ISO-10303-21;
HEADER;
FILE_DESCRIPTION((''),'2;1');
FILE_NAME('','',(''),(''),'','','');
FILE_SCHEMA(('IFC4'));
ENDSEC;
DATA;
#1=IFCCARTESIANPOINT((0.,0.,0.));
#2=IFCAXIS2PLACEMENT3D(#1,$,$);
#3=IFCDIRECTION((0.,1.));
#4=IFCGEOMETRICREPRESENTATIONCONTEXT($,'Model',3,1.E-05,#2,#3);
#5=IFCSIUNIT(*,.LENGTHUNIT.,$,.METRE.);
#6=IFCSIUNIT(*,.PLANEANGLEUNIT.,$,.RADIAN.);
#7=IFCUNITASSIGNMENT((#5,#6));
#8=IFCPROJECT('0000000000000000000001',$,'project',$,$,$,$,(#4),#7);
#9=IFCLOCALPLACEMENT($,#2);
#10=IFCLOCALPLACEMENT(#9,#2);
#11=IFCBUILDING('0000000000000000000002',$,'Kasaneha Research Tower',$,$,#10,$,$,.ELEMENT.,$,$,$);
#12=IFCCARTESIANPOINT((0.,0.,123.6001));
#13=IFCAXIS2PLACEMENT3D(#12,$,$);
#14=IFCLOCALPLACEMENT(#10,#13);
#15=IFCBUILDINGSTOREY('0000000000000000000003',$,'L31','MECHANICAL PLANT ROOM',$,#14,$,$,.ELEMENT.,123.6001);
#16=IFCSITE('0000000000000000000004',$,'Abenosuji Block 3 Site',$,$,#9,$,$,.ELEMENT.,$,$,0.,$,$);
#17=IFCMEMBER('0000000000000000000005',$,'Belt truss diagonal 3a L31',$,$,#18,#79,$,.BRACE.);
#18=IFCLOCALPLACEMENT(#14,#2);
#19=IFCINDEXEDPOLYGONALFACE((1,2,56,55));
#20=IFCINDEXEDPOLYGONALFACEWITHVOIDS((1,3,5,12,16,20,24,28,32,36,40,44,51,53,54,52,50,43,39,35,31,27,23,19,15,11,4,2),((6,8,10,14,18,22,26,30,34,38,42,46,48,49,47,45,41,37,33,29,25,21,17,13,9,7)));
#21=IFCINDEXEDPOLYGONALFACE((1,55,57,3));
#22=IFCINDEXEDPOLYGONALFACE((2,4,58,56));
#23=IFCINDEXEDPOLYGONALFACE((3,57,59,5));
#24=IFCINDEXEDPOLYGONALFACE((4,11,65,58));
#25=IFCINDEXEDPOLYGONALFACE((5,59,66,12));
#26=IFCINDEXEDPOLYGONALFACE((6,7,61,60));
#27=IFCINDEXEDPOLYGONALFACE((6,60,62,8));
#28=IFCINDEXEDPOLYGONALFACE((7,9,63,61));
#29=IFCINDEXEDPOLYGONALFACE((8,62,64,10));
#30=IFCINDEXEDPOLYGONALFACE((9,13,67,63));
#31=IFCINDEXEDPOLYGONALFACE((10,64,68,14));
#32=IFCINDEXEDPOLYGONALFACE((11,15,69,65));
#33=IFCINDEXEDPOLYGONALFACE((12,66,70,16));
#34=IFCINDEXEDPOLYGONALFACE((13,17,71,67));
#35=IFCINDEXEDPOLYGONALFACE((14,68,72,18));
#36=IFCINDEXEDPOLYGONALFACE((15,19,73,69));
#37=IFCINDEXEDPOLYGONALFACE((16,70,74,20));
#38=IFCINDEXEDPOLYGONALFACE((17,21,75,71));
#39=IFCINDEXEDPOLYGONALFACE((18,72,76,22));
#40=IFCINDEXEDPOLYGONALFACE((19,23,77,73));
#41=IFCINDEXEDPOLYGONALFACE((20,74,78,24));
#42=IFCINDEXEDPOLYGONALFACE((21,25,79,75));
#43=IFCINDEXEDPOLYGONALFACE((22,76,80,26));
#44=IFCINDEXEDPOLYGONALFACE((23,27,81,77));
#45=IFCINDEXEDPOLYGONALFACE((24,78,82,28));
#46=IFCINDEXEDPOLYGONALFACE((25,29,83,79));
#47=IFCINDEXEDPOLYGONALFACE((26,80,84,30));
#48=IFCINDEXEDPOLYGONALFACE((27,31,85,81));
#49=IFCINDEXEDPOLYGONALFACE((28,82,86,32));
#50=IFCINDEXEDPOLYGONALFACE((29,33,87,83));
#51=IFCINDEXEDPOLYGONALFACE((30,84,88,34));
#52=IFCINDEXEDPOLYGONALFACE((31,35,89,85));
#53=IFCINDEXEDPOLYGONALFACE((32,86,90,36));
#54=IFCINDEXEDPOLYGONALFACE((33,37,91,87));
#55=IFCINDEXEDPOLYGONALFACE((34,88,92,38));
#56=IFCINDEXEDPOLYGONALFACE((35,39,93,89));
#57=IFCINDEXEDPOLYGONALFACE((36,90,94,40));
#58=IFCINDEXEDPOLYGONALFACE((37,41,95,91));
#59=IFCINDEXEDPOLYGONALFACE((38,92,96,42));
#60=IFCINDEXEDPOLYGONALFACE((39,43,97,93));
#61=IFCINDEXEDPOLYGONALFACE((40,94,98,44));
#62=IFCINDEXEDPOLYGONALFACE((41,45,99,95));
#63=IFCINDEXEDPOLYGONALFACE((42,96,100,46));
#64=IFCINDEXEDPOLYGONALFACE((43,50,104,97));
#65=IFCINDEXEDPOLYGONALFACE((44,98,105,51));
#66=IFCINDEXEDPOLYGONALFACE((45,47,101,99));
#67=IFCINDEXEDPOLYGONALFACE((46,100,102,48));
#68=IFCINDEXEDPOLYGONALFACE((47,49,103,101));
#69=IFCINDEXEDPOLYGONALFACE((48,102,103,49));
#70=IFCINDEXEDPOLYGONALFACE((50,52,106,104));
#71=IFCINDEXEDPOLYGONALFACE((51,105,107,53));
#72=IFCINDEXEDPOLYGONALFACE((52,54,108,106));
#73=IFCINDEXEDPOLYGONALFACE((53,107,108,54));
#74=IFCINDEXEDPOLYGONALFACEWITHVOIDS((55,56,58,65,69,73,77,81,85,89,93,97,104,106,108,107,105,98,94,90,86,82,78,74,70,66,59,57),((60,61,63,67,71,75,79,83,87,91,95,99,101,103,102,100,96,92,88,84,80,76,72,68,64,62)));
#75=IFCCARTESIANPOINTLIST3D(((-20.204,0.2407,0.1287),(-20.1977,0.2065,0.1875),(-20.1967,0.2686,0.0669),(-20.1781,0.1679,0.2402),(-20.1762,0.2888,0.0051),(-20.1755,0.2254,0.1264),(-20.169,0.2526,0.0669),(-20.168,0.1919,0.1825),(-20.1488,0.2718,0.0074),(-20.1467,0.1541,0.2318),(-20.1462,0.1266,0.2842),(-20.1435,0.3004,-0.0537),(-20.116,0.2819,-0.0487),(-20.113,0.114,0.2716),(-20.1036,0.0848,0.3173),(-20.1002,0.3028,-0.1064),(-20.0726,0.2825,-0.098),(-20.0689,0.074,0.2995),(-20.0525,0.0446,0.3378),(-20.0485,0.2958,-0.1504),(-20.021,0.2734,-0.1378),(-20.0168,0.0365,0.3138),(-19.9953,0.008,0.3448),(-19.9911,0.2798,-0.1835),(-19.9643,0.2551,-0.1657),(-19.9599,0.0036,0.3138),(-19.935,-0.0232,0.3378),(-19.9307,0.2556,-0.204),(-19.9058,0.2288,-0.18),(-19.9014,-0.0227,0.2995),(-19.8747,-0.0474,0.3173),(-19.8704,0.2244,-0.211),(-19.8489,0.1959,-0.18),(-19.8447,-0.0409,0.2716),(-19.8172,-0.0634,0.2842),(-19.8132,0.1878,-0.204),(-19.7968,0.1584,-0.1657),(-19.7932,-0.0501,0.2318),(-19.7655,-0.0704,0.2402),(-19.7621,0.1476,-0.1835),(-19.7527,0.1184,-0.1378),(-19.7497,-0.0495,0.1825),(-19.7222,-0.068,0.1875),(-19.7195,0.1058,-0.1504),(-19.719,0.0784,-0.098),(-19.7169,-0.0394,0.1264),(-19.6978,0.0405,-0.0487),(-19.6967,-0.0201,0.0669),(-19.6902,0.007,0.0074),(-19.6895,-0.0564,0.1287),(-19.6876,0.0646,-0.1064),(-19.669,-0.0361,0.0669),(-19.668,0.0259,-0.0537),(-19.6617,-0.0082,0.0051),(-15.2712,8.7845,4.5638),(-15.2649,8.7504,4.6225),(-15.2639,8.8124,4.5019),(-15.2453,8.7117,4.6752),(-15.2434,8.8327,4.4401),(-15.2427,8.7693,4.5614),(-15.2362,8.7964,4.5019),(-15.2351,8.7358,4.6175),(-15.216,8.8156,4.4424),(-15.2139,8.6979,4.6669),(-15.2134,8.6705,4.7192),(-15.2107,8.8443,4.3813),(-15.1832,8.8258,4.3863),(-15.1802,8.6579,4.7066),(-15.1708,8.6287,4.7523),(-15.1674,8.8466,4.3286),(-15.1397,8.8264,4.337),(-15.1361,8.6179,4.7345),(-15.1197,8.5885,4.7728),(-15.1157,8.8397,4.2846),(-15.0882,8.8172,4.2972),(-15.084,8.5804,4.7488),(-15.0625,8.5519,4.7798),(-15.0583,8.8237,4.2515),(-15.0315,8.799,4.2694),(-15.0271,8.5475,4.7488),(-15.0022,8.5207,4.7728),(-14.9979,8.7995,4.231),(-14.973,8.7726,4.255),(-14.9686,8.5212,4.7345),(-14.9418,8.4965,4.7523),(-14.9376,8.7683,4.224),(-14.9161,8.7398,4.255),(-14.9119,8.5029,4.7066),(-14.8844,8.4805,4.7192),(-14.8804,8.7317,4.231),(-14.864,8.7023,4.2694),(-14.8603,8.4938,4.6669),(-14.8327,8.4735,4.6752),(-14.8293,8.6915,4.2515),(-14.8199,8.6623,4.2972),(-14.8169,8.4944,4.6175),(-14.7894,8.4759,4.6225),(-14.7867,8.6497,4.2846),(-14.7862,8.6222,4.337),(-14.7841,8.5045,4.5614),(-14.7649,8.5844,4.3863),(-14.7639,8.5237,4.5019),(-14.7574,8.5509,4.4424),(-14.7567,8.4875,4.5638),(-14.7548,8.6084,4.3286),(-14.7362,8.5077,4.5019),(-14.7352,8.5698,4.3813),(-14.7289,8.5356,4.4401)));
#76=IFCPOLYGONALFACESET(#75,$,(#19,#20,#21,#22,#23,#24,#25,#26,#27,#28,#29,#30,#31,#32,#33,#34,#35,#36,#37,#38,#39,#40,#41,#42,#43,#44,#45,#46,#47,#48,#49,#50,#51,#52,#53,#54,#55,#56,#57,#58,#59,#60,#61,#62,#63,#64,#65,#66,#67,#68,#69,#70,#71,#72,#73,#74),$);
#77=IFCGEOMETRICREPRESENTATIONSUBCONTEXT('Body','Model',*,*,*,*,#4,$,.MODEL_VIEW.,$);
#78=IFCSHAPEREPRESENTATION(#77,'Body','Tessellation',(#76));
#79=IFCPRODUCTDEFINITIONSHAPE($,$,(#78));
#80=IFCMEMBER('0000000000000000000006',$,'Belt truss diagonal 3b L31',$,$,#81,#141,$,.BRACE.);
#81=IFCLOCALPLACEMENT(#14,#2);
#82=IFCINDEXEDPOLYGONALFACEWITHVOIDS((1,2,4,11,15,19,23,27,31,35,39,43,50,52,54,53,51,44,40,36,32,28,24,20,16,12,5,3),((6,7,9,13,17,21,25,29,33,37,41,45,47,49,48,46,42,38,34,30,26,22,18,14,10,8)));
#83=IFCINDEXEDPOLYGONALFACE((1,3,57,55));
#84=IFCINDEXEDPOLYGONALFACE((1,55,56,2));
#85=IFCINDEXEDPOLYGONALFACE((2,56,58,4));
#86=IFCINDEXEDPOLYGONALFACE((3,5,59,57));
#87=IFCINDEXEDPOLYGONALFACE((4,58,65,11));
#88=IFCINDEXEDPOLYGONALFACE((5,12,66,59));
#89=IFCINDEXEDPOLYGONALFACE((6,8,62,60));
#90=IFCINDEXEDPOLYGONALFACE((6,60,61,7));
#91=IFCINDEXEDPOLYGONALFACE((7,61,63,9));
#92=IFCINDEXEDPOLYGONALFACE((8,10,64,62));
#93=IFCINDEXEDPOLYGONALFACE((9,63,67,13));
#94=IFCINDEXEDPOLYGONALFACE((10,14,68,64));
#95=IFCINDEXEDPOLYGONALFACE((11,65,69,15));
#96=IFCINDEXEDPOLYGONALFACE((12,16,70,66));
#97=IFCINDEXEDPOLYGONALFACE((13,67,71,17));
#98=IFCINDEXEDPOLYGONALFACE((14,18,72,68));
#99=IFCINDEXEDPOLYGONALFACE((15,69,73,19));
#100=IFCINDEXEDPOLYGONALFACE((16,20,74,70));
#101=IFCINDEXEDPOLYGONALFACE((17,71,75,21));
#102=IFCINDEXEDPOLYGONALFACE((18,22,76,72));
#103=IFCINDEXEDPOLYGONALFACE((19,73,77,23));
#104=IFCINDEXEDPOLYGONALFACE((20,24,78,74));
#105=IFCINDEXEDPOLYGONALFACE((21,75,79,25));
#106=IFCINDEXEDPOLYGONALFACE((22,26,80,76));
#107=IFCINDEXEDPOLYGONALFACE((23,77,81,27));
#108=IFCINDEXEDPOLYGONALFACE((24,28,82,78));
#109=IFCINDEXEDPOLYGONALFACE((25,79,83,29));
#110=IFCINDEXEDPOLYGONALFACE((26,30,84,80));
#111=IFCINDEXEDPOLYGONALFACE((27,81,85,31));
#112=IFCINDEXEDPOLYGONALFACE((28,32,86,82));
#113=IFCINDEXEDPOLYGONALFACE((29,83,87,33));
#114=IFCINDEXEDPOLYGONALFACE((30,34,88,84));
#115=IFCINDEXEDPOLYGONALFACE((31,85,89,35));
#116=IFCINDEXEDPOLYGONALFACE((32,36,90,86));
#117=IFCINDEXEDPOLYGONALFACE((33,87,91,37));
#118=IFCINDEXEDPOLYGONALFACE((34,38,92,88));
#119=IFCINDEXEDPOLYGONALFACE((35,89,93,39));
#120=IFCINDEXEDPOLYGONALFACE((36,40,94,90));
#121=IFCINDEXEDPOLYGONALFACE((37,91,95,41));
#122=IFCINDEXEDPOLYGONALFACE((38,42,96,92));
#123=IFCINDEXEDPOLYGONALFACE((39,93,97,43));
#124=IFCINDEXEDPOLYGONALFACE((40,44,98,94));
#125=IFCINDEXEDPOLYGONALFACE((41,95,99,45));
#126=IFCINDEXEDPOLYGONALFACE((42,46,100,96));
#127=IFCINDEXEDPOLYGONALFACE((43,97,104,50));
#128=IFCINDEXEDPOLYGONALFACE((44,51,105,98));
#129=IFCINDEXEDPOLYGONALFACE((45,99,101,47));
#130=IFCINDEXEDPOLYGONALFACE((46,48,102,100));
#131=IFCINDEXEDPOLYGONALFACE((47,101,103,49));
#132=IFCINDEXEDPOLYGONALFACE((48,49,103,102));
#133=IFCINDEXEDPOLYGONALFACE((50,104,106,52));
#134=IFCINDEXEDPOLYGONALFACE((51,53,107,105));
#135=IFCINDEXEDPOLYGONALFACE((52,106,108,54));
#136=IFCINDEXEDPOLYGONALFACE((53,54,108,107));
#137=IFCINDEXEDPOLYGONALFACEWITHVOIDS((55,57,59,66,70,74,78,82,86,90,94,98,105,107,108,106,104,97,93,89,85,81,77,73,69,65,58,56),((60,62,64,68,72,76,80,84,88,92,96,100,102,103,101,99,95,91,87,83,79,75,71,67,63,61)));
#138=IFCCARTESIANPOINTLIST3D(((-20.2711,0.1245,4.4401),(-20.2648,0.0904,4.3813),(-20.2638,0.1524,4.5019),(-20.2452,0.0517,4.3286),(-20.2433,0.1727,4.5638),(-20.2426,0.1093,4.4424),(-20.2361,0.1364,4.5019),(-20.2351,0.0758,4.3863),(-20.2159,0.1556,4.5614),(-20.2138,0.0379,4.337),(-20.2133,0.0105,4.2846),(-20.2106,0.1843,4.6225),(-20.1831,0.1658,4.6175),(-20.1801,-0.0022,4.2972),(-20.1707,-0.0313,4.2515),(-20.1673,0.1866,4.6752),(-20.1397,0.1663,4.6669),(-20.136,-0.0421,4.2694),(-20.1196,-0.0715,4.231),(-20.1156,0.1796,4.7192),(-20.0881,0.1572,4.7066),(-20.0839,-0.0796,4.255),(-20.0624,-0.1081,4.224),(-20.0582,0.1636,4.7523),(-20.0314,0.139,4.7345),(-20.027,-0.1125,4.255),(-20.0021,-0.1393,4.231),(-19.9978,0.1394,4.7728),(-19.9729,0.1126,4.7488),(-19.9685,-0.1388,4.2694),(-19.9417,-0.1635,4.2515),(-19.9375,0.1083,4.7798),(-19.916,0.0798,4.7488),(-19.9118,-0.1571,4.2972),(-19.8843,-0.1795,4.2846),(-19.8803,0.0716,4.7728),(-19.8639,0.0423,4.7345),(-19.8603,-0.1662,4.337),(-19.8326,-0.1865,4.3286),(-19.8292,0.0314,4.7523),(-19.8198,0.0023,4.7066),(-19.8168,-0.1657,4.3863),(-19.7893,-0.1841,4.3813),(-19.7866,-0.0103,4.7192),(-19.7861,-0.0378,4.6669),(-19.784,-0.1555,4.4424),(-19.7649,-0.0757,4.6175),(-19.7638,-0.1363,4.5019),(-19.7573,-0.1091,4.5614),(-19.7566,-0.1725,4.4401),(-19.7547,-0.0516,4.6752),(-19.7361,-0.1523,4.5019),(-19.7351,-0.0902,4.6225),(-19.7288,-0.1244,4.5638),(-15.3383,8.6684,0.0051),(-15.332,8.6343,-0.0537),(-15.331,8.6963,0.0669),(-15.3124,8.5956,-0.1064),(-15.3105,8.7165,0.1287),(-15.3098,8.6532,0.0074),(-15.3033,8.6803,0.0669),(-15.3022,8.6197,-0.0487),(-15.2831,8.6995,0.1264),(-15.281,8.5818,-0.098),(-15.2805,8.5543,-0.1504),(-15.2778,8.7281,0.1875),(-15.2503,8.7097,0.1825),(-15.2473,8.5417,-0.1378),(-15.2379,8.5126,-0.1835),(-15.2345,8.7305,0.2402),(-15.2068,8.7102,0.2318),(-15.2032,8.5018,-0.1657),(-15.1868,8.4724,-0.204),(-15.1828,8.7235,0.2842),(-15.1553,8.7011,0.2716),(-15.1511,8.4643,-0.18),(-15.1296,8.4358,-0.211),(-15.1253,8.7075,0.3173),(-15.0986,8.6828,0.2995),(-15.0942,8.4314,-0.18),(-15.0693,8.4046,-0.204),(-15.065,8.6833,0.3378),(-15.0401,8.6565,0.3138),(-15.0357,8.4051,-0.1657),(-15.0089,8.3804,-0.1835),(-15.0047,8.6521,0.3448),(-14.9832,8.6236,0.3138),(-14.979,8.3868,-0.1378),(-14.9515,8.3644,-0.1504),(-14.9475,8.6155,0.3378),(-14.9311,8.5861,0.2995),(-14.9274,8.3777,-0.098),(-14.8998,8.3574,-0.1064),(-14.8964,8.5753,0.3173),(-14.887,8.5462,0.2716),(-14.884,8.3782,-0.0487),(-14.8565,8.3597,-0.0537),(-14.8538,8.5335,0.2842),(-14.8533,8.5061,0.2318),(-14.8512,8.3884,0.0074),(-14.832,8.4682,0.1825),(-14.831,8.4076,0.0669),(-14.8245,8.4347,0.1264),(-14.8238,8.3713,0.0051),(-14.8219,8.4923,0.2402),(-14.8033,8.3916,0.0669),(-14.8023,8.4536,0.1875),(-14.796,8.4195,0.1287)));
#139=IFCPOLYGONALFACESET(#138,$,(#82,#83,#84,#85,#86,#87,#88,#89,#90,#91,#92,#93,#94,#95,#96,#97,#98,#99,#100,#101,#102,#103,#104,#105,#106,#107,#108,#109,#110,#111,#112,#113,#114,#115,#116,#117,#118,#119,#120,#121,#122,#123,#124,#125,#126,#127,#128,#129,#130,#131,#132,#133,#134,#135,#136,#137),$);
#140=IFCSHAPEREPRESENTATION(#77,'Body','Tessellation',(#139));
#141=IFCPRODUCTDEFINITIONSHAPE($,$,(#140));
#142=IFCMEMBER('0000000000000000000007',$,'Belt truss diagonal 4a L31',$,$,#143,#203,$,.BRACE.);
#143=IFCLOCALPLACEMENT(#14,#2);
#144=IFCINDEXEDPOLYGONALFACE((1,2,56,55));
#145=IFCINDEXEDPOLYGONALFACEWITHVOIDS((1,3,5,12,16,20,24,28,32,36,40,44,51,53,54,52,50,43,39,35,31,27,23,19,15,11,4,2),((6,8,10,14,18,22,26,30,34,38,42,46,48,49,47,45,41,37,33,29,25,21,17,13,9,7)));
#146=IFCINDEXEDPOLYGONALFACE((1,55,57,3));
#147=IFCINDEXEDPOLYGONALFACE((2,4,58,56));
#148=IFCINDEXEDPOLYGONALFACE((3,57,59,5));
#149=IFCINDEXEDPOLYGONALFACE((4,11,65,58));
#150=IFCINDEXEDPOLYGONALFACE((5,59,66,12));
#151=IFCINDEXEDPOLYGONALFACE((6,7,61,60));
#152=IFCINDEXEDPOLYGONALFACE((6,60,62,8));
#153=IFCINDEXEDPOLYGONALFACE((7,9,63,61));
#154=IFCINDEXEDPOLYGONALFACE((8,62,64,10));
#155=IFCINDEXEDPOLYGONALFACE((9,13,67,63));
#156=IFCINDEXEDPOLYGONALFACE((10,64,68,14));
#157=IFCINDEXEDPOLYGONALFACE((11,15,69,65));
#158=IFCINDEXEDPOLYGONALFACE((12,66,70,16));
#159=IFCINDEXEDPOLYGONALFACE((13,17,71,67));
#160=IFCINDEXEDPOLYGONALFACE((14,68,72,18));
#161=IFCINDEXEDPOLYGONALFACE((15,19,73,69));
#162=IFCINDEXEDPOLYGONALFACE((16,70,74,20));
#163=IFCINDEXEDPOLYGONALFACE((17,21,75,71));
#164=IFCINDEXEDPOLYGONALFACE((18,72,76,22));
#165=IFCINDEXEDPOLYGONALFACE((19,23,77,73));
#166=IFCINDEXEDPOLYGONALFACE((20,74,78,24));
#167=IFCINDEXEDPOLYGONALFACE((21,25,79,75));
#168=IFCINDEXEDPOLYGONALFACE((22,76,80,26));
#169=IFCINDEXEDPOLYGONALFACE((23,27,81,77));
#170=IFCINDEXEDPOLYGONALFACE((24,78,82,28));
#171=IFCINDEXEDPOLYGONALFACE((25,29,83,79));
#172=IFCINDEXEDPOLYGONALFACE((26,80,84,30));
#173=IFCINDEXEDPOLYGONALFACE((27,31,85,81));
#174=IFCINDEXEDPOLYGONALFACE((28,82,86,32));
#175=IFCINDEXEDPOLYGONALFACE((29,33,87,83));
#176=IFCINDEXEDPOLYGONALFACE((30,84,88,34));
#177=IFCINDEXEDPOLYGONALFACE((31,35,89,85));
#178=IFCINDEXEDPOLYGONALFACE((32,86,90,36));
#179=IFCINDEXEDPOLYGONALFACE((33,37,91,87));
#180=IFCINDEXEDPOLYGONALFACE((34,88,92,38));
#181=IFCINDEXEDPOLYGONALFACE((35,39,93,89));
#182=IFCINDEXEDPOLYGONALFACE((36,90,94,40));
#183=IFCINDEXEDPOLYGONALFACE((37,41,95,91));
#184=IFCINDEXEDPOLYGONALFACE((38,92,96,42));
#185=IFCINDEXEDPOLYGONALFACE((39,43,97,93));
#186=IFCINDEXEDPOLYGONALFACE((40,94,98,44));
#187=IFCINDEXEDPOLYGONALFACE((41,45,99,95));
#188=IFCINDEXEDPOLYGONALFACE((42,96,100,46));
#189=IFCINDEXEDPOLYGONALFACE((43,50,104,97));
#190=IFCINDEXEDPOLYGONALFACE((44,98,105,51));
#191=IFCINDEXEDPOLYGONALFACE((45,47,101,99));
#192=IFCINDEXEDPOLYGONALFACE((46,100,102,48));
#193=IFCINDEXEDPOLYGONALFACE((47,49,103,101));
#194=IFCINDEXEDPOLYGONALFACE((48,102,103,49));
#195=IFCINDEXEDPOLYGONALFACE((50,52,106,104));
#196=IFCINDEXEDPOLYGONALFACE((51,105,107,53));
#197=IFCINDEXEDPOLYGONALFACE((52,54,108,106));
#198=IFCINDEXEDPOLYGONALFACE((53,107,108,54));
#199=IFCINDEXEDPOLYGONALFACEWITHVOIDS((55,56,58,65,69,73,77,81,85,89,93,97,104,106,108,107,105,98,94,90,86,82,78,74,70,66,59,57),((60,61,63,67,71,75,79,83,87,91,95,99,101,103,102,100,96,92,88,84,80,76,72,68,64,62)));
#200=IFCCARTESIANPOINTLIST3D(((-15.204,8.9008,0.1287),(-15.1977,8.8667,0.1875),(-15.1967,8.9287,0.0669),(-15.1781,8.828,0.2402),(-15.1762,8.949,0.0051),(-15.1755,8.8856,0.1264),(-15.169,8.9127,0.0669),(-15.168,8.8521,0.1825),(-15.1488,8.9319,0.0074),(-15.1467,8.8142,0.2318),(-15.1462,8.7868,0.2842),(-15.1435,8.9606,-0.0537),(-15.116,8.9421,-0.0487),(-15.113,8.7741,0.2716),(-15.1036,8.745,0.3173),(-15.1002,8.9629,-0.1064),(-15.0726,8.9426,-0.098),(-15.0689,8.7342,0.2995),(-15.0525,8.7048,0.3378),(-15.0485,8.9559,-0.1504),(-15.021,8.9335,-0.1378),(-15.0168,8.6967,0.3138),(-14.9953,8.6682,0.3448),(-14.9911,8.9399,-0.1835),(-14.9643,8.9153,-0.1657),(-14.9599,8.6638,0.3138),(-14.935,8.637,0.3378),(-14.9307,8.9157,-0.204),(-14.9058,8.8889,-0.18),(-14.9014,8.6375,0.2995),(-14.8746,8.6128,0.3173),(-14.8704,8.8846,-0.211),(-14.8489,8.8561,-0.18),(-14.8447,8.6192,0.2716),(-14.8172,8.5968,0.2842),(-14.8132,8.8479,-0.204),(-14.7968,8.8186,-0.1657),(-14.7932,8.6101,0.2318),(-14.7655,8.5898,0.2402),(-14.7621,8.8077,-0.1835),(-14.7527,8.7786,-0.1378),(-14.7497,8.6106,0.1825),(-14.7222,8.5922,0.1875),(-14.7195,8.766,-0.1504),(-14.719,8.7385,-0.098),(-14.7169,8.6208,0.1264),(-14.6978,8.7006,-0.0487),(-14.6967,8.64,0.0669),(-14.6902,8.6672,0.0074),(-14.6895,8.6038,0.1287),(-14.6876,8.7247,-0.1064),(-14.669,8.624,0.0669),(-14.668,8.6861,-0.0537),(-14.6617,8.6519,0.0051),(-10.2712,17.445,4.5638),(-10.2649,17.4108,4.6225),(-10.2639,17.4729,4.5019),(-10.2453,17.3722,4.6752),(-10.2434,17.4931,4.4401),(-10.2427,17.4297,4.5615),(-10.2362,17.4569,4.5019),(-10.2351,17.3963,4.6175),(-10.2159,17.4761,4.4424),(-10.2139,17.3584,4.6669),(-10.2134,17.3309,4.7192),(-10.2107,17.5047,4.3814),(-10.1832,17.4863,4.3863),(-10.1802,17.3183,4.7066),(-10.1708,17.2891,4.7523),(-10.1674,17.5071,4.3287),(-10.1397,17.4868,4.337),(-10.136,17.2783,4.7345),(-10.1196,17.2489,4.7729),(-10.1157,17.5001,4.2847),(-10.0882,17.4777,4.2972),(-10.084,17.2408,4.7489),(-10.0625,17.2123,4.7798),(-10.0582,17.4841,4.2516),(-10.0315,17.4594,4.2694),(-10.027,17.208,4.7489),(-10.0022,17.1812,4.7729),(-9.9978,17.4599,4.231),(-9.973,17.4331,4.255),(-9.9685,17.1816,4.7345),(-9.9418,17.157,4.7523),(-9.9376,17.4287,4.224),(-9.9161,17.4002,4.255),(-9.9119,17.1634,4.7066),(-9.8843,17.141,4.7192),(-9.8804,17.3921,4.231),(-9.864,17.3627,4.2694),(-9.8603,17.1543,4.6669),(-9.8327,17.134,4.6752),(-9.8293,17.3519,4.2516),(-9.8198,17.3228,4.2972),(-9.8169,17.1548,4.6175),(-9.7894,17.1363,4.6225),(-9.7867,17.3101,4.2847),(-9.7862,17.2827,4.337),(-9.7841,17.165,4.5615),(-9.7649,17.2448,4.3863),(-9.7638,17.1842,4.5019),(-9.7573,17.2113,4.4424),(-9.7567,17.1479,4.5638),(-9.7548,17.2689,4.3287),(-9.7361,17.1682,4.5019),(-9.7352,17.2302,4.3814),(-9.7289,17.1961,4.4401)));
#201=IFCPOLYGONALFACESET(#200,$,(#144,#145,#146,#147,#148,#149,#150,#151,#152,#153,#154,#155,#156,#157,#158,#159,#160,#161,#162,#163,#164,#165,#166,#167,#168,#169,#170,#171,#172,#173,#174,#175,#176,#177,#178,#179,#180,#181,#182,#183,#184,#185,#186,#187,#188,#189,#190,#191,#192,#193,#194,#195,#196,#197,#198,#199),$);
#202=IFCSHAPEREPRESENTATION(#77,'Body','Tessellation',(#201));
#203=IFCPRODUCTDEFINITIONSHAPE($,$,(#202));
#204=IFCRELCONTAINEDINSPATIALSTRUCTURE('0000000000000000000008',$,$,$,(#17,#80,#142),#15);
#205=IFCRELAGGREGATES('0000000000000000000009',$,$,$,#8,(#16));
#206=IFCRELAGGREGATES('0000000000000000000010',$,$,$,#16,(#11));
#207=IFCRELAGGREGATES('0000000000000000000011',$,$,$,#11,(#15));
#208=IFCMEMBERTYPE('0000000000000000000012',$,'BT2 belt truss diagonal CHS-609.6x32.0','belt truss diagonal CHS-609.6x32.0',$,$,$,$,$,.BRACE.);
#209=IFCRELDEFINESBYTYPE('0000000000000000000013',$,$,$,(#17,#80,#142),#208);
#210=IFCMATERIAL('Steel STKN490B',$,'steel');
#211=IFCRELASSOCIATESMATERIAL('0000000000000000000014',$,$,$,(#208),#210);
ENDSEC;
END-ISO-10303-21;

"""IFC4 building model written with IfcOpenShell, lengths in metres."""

from ifc_helpers import new_model, si_unit, direction, frame, origin, origin_2d, place, context, subcontext, project, spatial, hollow_circle, extrude, material, material_profile, profile_set, type_object, element, save


model = new_model("IFC4")

# Units and contexts
model_context = context("Model", 3, precision=1e-05, world=origin(), true_north=direction((0.0, 1.0)))
body_context = subcontext(model_context, "Body", "Model", "MODEL_VIEW")
ifc_project = project(units=[si_unit("LENGTHUNIT", "METRE"), si_unit("PLANEANGLEUNIT", "RADIAN")], contexts=[model_context])

# Site, building, storey
site_placement = place(None, origin())
site = spatial("IfcSite", under=ifc_project, at=site_placement, Name="Abenosuji Block 3 Site", CompositionType="ELEMENT", RefElevation=0.0)
building_placement = place(site_placement, origin())
building = spatial("IfcBuilding", under=site, at=building_placement, Name="Kasaneha Research Tower", CompositionType="ELEMENT")
storey_placement = place(building_placement, frame((0.0, 0.0, 123.6001)))
storey = spatial("IfcBuildingStorey", under=building, at=storey_placement, Name="L31", Description="MECHANICAL PLANT ROOM", CompositionType="ELEMENT", Elevation=123.6001)

# Members
ifc_material_1 = material(Name="Steel STKN490B", Category="steel")
ifc_material_profile_1 = material_profile(ifc_material_1, hollow_circle(Radius=0.3047, WallThickness=0.032, at=origin_2d()), Name="CHS-609.6x32.0")
ifc_profile_set_1 = profile_set([ifc_material_profile_1], Name="Steel STKN490B")
member_type = type_object("IfcMemberType", Name="BT2 belt truss diagonal CHS-609.6x32.0", Description="belt truss diagonal CHS-609.6x32.0", PredefinedType="BRACE", material=ifc_profile_set_1)
for number, where, z_axis, x_axis, name in (
    (1, (-19.9329, 0.1162, 0.0669), (0.45604, 0.789882, 0.410018), (-0.866025, 0.500001, 0.0), "Belt truss diagonal 3a L31"),
    (2, (-15.0671, 8.5439, 0.0669), (-0.45604, -0.789882, 0.410018), (0.866025, -0.500001, 0.0), "Belt truss diagonal 3b L31"),
):
    element("IfcMember", number, at=place(storey_placement, frame(where, z_axis=z_axis, x_axis=x_axis)), inside=storey, type_object=member_type, Name=name, PredefinedType="BRACE", context=body_context, shape_type="SweptSolid", body=[
        extrude(hollow_circle(Radius=0.3047, WallThickness=0.032, at=origin_2d()), origin(), (0.0, 0.0, 1.0), 10.8167),
    ])
member_placement = place(storey_placement, frame((-14.9329, 8.7764, 0.0669), z_axis=(0.456031, 0.78989, 0.410011), x_axis=(-0.866031, 0.49999, 0.0)))
element("IfcMember", 3, at=member_placement, inside=storey, type_object=member_type, Name="Belt truss diagonal 4a L31", PredefinedType="BRACE", context=body_context, shape_type="SweptSolid", body=[
    extrude(hollow_circle(Radius=0.3047, WallThickness=0.032, at=origin_2d()), origin(), (0.0, 0.0, 1.0), 10.8169),
])

save(model, "model.ifc")
